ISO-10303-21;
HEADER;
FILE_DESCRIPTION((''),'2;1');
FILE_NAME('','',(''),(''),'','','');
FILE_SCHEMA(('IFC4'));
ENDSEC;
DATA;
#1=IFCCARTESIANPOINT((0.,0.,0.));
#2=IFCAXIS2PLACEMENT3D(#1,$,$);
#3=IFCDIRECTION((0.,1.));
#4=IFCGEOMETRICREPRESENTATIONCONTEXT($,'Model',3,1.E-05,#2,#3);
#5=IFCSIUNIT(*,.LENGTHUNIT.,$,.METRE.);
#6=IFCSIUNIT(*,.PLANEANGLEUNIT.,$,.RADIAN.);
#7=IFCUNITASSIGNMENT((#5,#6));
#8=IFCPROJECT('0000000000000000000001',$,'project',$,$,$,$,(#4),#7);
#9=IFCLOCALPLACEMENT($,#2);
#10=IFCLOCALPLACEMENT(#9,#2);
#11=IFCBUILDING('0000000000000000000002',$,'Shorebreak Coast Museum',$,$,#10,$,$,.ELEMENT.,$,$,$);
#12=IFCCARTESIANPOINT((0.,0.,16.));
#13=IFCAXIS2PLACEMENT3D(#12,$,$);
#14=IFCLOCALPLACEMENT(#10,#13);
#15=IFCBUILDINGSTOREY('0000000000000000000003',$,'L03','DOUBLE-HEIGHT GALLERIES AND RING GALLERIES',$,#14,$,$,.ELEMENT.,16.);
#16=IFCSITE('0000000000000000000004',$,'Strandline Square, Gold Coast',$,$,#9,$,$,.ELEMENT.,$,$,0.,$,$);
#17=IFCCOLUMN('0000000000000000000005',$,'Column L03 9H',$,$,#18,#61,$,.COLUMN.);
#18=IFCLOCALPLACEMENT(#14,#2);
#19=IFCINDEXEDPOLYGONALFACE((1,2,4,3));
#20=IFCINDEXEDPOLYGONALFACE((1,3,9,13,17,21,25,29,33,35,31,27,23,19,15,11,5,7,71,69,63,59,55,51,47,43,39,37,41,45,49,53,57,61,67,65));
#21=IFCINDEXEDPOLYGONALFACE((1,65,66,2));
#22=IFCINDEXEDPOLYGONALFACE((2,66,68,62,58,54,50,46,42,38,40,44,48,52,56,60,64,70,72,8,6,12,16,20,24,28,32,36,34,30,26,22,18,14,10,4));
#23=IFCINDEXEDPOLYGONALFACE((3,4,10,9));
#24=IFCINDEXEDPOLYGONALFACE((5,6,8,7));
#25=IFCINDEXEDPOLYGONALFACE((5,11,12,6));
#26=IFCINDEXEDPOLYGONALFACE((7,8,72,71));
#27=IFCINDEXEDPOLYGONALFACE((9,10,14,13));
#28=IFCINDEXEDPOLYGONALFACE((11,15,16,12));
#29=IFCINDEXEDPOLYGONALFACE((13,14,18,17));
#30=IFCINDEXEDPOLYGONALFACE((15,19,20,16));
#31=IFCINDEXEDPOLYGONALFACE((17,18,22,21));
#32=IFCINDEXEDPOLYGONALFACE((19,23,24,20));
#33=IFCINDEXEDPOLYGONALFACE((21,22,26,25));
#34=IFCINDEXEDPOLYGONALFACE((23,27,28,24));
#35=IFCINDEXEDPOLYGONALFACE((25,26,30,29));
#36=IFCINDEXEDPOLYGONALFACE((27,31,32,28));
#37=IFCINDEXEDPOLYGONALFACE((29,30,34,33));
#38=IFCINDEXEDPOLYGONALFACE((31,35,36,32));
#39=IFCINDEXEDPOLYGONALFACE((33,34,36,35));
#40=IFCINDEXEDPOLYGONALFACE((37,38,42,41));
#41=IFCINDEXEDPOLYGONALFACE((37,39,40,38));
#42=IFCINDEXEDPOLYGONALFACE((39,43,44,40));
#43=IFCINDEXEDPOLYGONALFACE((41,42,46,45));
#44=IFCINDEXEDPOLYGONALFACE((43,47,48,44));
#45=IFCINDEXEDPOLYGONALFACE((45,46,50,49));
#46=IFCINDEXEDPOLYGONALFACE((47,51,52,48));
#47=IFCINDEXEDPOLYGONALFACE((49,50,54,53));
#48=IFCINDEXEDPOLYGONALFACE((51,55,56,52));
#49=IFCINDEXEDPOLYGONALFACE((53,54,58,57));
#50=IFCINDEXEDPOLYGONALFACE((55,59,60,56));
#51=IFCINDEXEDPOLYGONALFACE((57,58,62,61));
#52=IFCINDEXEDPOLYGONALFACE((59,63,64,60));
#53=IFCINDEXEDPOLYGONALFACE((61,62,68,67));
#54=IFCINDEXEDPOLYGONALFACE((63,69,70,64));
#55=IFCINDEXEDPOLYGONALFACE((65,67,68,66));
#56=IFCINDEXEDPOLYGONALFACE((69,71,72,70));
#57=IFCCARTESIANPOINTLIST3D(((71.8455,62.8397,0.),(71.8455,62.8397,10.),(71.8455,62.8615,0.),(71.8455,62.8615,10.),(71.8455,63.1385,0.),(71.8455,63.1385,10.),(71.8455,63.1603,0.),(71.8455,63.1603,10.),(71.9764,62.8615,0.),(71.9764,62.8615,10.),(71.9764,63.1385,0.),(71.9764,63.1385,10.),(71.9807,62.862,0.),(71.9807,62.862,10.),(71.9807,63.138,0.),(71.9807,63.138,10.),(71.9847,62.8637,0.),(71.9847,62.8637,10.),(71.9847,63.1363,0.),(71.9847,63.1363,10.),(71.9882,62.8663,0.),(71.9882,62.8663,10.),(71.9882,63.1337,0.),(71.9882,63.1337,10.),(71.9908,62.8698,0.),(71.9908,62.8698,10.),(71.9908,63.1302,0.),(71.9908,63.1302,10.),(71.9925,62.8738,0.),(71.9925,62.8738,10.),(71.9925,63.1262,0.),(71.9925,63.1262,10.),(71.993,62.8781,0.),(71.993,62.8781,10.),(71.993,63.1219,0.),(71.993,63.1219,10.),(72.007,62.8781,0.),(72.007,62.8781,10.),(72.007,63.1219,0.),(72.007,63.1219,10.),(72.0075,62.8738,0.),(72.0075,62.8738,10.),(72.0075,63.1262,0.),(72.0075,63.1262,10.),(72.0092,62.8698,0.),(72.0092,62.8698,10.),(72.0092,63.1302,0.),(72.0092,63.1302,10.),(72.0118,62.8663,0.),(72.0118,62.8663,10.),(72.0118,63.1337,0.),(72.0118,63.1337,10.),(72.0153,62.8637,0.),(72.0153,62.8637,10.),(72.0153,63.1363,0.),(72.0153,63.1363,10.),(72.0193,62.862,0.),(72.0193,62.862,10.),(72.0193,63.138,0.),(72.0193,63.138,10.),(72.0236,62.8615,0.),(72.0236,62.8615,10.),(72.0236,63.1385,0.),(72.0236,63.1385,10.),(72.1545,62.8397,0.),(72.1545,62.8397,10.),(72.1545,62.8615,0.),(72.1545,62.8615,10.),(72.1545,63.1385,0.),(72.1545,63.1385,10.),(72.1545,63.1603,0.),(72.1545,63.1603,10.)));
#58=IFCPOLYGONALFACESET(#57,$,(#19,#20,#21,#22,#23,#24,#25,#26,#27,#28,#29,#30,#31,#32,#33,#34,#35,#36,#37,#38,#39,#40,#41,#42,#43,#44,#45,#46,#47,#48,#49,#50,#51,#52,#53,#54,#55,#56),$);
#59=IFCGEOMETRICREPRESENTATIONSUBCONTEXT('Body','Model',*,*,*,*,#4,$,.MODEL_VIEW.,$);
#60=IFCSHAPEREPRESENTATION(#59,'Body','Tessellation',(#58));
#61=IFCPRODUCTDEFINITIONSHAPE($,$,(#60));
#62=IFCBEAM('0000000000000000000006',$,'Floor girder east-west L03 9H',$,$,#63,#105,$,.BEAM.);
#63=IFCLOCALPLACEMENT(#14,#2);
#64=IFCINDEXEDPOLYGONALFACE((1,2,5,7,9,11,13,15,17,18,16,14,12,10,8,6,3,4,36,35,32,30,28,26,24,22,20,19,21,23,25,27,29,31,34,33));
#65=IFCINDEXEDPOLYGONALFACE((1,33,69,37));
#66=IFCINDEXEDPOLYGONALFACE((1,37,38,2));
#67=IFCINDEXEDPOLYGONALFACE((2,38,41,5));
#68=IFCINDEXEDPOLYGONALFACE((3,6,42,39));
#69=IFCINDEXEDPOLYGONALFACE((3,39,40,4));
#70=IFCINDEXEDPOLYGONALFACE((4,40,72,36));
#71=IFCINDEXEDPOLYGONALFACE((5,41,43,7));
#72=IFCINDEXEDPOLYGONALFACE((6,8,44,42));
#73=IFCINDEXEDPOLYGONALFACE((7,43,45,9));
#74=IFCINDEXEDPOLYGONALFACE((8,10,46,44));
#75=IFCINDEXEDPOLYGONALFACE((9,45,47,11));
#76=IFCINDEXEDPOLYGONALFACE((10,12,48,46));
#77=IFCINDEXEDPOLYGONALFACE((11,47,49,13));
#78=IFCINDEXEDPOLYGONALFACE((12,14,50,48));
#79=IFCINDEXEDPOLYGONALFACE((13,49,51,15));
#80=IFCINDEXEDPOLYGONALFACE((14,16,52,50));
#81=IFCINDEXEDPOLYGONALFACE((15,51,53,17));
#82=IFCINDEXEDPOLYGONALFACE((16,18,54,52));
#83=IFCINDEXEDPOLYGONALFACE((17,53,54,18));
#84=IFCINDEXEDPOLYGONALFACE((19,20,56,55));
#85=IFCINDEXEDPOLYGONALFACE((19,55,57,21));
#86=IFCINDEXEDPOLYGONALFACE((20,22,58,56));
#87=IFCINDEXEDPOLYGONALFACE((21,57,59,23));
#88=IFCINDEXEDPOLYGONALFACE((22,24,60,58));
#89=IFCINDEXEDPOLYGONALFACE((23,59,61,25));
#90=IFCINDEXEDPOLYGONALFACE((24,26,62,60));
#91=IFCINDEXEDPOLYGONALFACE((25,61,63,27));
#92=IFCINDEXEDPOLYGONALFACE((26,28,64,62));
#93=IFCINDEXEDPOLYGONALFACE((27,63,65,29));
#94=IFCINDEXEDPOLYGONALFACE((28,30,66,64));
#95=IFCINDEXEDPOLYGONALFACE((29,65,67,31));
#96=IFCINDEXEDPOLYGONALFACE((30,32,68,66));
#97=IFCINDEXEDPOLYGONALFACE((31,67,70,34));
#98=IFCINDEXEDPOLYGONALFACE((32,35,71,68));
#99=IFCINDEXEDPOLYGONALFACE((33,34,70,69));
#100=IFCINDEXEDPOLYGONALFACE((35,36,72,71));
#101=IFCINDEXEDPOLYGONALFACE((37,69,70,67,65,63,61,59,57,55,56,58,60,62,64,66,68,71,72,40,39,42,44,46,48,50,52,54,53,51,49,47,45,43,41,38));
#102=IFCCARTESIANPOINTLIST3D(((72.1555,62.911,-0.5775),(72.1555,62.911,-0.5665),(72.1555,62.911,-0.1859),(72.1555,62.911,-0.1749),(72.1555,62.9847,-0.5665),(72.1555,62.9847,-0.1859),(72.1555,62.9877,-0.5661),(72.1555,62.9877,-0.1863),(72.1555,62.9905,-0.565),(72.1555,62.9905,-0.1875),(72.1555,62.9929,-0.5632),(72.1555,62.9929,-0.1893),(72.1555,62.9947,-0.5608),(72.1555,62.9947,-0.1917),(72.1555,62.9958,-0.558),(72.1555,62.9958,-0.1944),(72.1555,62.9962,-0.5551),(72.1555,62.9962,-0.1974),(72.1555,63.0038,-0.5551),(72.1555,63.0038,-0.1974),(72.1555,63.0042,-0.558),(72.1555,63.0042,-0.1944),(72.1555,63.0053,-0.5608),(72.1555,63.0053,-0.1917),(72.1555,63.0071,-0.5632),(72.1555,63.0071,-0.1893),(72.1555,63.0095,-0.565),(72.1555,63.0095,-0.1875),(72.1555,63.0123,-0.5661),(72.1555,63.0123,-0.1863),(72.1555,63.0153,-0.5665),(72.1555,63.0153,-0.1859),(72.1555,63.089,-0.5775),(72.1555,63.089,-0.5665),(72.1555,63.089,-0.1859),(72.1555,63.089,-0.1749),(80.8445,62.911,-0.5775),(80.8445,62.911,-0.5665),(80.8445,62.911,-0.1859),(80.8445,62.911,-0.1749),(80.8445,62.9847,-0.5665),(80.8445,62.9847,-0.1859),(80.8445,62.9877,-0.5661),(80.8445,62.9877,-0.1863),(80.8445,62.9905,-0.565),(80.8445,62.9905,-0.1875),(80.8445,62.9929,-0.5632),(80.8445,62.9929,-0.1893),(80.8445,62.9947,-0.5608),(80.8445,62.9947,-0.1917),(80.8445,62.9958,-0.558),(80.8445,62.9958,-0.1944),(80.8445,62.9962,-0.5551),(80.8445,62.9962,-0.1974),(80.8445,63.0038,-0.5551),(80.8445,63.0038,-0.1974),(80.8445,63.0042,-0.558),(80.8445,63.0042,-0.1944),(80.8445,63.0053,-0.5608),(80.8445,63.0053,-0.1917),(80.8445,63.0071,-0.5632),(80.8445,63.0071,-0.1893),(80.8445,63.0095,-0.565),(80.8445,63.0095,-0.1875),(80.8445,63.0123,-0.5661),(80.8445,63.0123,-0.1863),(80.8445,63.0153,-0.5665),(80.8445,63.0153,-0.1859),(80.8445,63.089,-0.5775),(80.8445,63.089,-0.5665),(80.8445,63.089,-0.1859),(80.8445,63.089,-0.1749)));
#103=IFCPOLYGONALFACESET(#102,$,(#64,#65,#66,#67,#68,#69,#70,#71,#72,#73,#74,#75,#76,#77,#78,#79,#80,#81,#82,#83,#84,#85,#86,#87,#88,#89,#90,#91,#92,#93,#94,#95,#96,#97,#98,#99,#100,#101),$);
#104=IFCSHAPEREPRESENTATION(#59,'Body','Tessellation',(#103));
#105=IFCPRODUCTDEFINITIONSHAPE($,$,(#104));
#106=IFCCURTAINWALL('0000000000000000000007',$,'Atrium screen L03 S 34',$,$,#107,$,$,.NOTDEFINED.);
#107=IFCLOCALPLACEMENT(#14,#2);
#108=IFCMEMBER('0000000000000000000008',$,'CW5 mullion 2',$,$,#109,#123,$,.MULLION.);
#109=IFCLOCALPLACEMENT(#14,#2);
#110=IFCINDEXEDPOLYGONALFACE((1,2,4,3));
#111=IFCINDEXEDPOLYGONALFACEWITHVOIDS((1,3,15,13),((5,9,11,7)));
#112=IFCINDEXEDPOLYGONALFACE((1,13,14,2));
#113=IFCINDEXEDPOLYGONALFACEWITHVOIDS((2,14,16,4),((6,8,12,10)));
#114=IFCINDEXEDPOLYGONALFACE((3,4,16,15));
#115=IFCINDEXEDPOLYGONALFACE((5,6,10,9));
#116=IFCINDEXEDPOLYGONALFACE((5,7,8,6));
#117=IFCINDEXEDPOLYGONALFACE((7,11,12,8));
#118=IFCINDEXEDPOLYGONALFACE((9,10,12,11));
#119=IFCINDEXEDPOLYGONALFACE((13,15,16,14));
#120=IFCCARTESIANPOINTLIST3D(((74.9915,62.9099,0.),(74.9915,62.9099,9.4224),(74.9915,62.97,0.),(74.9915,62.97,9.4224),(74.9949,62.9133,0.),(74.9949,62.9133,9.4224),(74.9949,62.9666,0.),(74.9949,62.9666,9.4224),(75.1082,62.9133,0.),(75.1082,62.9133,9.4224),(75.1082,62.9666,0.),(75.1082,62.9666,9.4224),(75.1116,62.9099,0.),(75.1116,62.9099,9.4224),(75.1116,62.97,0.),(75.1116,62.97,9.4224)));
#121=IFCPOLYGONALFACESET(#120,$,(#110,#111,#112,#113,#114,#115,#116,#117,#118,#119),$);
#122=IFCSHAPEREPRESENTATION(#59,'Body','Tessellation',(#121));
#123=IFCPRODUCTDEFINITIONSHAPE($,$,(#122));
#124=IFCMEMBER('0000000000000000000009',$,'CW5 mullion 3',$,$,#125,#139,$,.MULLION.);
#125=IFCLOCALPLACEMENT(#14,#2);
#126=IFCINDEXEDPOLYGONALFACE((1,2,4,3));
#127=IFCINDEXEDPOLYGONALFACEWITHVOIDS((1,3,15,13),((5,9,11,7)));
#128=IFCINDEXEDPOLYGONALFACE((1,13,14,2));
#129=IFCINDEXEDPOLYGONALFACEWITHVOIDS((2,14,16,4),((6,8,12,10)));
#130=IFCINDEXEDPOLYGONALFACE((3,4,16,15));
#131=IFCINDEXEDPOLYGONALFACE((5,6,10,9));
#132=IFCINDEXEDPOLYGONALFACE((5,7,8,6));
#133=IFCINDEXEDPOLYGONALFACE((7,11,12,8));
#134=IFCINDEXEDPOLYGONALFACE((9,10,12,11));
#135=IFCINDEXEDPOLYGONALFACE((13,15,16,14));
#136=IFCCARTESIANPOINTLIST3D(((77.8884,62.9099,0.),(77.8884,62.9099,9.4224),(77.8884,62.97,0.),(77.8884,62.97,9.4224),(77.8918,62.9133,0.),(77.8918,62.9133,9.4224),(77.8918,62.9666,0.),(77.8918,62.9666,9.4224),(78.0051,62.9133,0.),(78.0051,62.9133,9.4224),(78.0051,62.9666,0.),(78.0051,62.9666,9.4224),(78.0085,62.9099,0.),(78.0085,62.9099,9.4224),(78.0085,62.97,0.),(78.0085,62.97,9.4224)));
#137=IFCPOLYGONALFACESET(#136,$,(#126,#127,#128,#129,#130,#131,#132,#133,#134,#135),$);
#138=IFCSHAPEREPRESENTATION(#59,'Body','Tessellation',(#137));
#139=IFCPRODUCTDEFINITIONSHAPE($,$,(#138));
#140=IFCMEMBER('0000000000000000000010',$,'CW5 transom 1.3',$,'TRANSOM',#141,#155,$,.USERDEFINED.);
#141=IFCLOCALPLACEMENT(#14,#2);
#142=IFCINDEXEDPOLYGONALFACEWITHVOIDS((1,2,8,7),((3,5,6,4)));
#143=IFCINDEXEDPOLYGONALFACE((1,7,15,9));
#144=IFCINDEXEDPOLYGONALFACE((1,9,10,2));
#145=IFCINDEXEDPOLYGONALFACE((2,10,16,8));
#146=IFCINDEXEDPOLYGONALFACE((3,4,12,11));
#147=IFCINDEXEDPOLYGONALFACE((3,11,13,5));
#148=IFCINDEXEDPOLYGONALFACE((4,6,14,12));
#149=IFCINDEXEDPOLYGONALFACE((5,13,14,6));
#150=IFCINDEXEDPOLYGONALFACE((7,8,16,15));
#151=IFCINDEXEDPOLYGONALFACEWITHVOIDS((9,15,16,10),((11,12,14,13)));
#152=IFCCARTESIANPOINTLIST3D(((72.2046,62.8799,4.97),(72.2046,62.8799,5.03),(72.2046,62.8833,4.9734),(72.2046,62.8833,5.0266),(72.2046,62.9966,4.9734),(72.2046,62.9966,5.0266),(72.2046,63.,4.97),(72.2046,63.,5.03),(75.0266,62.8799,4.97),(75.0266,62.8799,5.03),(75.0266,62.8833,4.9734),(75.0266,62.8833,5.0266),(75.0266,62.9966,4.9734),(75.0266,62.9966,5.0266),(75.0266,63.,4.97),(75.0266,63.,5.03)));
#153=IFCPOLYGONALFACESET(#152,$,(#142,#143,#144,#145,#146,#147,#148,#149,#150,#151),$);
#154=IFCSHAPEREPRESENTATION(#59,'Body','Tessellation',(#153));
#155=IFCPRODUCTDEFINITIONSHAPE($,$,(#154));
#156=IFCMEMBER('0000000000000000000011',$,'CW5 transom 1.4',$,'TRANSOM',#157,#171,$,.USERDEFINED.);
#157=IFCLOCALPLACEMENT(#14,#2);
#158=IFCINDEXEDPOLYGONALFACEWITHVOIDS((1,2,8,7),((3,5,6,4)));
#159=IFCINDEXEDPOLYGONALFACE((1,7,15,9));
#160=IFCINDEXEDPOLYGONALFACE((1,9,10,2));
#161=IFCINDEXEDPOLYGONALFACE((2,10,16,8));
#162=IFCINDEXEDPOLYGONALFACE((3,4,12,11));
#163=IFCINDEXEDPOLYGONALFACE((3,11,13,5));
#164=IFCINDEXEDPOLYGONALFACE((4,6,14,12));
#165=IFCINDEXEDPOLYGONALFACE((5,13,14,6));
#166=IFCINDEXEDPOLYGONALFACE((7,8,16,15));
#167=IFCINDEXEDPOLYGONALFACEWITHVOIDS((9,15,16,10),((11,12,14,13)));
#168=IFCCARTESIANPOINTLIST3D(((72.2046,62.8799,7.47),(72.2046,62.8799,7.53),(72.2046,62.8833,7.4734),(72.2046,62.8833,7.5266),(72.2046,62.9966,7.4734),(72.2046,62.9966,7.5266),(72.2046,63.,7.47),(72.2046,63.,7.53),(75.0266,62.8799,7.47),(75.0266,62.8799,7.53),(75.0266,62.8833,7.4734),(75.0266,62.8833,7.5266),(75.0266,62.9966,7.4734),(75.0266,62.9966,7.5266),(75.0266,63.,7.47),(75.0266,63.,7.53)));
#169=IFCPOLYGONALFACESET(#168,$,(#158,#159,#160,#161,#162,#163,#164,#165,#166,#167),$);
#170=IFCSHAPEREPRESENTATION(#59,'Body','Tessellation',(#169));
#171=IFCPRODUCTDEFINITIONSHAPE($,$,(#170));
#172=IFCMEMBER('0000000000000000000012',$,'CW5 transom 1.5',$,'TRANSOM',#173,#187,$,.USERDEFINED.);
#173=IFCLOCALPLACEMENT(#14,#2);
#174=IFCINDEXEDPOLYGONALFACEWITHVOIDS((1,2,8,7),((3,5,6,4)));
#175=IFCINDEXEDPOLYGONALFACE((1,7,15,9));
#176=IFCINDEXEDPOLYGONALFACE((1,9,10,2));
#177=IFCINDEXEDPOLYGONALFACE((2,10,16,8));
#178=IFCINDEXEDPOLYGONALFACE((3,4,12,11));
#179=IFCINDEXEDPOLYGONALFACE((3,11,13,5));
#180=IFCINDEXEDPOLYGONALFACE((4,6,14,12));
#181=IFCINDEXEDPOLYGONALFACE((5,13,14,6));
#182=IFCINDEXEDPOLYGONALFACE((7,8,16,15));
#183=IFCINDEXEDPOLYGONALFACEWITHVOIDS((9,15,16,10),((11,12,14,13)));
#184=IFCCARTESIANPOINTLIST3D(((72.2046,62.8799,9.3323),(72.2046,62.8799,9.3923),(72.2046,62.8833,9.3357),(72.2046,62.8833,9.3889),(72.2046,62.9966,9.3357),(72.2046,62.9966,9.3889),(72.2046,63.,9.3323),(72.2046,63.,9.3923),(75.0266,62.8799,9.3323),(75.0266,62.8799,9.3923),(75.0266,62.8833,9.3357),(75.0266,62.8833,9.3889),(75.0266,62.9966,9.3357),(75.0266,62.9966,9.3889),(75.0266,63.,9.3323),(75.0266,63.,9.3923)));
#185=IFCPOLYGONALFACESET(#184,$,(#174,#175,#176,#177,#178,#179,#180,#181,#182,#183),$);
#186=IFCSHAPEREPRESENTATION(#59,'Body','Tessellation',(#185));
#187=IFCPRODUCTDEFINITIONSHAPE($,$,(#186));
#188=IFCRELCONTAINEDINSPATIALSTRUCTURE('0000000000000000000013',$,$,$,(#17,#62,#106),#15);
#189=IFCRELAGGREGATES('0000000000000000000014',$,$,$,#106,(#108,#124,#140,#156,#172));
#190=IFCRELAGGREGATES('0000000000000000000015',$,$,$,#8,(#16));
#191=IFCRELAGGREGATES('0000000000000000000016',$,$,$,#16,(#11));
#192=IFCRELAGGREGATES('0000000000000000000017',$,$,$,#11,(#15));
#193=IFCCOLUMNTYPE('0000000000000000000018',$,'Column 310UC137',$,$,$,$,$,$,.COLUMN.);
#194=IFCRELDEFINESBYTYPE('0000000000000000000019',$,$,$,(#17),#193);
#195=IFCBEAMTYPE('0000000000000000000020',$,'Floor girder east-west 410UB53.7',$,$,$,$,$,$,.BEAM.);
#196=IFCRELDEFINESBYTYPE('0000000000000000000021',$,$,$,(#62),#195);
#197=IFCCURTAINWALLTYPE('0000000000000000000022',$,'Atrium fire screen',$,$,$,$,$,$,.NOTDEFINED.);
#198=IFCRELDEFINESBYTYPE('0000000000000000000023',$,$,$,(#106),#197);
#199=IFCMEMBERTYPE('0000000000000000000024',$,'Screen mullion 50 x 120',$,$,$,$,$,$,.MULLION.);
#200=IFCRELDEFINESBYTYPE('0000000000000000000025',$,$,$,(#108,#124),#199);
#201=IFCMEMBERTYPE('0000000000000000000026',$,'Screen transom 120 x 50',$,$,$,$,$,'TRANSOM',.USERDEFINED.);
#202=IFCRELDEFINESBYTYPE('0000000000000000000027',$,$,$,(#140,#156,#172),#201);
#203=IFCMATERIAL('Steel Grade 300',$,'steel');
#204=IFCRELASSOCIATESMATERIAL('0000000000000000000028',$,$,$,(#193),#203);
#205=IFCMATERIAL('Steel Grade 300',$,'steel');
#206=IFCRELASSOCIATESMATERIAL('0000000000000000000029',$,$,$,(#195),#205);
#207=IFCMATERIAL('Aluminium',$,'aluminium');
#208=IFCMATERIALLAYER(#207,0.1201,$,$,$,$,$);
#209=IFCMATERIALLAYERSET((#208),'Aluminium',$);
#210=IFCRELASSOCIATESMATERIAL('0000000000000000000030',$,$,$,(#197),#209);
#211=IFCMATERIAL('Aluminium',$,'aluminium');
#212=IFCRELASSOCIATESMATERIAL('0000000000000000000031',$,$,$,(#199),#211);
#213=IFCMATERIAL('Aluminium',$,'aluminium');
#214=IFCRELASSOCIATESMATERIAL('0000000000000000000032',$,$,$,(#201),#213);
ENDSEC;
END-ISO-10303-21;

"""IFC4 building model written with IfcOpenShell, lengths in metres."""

from ifc_helpers import new_model, si_unit, direction, frame, origin, origin_2d, place, context, subcontext, project, spatial, hollow_rectangle, i_section, extrude, material, layer, layer_set, material_profile, profile_set, type_object, element, aggregate, save


model = new_model("IFC4")

# Units and contexts
model_context = context("Model", 3, precision=1e-05, world=origin(), true_north=direction((0.0, 1.0)))
body_context = subcontext(model_context, "Body", "Model", "MODEL_VIEW")
ifc_project = project(units=[si_unit("LENGTHUNIT", "METRE"), si_unit("PLANEANGLEUNIT", "RADIAN")], contexts=[model_context])

# Site, building, storey
site_placement = place(None, origin())
site = spatial("IfcSite", under=ifc_project, at=site_placement, Name="Strandline Square, Gold Coast", CompositionType="ELEMENT", RefElevation=0.0)
building_placement = place(site_placement, origin())
building = spatial("IfcBuilding", under=site, at=building_placement, Name="Shorebreak Coast Museum", CompositionType="ELEMENT")
storey_placement = place(building_placement, frame((0.0, 0.0, 16.0)))
storey = spatial("IfcBuildingStorey", under=building, at=storey_placement, Name="L03", Description="DOUBLE-HEIGHT GALLERIES AND RING GALLERIES", CompositionType="ELEMENT", Elevation=16.0)

# Column
ifc_material_1 = material(Name="Steel Grade 300", Category="steel")
ifc_material_profile_1 = material_profile(ifc_material_1, i_section(OverallWidth=0.3091, OverallDepth=0.3206, WebThickness=0.0139, FlangeThickness=0.0217, FilletRadius=0.0166, at=origin_2d()), Name="310UC137")
ifc_profile_set_1 = profile_set([ifc_material_profile_1], Name="Steel Grade 300")
column_type = type_object("IfcColumnType", Name="Column 310UC137", PredefinedType="COLUMN", material=ifc_profile_set_1)
column_placement = place(storey_placement, frame((72.0, 63.0, 0.0), z_axis=(0.0, 0.0, 1.0), x_axis=(1.0, 0.0, 0.0)))
element("IfcColumn", 1, at=column_placement, inside=storey, type_object=column_type, Name="Column L03 9H", PredefinedType="COLUMN", context=body_context, shape_type="SweptSolid", body=[
    extrude(i_section(OverallWidth=0.3091, OverallDepth=0.3206, WebThickness=0.0139, FlangeThickness=0.0217, FilletRadius=0.0166, at=origin_2d()), origin(), (0.0, 0.0, 1.0), 10.0),
])

# Beam
ifc_material_2 = material(Name="Steel Grade 300", Category="steel")
ifc_material_profile_2 = material_profile(ifc_material_2, i_section(OverallWidth=0.178, OverallDepth=0.4026, WebThickness=0.0076, FlangeThickness=0.011, FilletRadius=0.0115, at=origin_2d()), Name="410UB53.7")
ifc_profile_set_2 = profile_set([ifc_material_profile_2], Name="Steel Grade 300")
beam_type = type_object("IfcBeamType", Name="Floor girder east-west 410UB53.7", PredefinedType="BEAM", material=ifc_profile_set_2)
beam_placement = place(storey_placement, frame((72.1555, 63.0, -0.3762), z_axis=(1.0, 0.0, 0.0), x_axis=(0.0, 1.0, 0.0)))
element("IfcBeam", 2, at=beam_placement, inside=storey, type_object=beam_type, Name="Floor girder east-west L03 9H", PredefinedType="BEAM", context=body_context, shape_type="SweptSolid", body=[
    extrude(i_section(OverallWidth=0.178, OverallDepth=0.4026, WebThickness=0.0076, FlangeThickness=0.011, FilletRadius=0.0115, at=origin_2d()), origin(), (0.0, 0.0, 1.0), 8.689),
])

# Curtain wall, members
ifc_material_3 = material(Name="Aluminium", Category="aluminium")
ifc_layer_1 = layer(ifc_material_3, 0.1201)
ifc_layer_set_1 = layer_set([ifc_layer_1], Name="Aluminium")
curtain_wall_type = type_object("IfcCurtainWallType", Name="Atrium fire screen", PredefinedType="NOTDEFINED", material=ifc_layer_set_1)
curtain_wall_placement = place(storey_placement, origin())
curtain_wall = element("IfcCurtainWall", 3, at=curtain_wall_placement, inside=storey, type_object=curtain_wall_type, Name="Atrium screen L03 S 34", PredefinedType="NOTDEFINED")
ifc_material_4 = material(Name="Aluminium", Category="aluminium")
ifc_material_profile_3 = material_profile(ifc_material_4, hollow_rectangle(XDim=0.0601, YDim=0.1201, WallThickness=0.0034, at=origin_2d()), Name="AL 120x60 RHS")
ifc_profile_set_3 = profile_set([ifc_material_profile_3], Name="Aluminium")
member_type_1 = type_object("IfcMemberType", Name="Screen mullion 50 x 120", PredefinedType="MULLION", material=ifc_profile_set_3)
member_1_placement = place(storey_placement, frame((75.0515, 62.9399, 0.0), z_axis=(0.0, 0.0, 1.0), x_axis=(0.0, 1.0, 0.0)))
member_1 = element("IfcMember", 4, at=member_1_placement, type_object=member_type_1, Name="CW5 mullion 2", PredefinedType="MULLION", context=body_context, shape_type="SweptSolid", body=[
    extrude(hollow_rectangle(XDim=0.0601, YDim=0.1201, WallThickness=0.0034, at=origin_2d()), origin(), (0.0, 0.0, 1.0), 9.4224),
])
member_2_placement = place(storey_placement, frame((77.9485, 62.9399, 0.0), z_axis=(0.0, 0.0, 1.0), x_axis=(0.0, 1.0, 0.0)))
member_2 = element("IfcMember", 5, at=member_2_placement, type_object=member_type_1, Name="CW5 mullion 3", PredefinedType="MULLION", context=body_context, shape_type="SweptSolid", body=[
    extrude(hollow_rectangle(XDim=0.0601, YDim=0.1201, WallThickness=0.0034, at=origin_2d()), origin(), (0.0, 0.0, 1.0), 9.4224),
])
ifc_material_5 = material(Name="Aluminium", Category="aluminium")
ifc_material_profile_4 = material_profile(ifc_material_5, hollow_rectangle(XDim=0.1201, YDim=0.0601, WallThickness=0.0034, at=origin_2d()), Name="AL 60x120 RHS")
ifc_profile_set_4 = profile_set([ifc_material_profile_4], Name="Aluminium")
member_type_2 = type_object("IfcMemberType", Name="Screen transom 120 x 50", ElementType="TRANSOM", PredefinedType="USERDEFINED", material=ifc_profile_set_4)
member_3_placement = place(storey_placement, frame((72.2046, 62.9399, 5.0), z_axis=(1.0, 0.0, 0.0), x_axis=(0.0, 1.0, 0.0)))
member_3 = element("IfcMember", 6, at=member_3_placement, type_object=member_type_2, Name="CW5 transom 1.3", ObjectType="TRANSOM", PredefinedType="USERDEFINED", context=body_context, shape_type="SweptSolid", body=[
    extrude(hollow_rectangle(XDim=0.1201, YDim=0.0601, WallThickness=0.0034, at=origin_2d()), origin(), (0.0, 0.0, 1.0), 2.822),
])
member_4_placement = place(storey_placement, frame((72.2046, 62.9399, 7.5), z_axis=(1.0, 0.0, 0.0), x_axis=(0.0, 1.0, 0.0)))
member_4 = element("IfcMember", 7, at=member_4_placement, type_object=member_type_2, Name="CW5 transom 1.4", ObjectType="TRANSOM", PredefinedType="USERDEFINED", context=body_context, shape_type="SweptSolid", body=[
    extrude(hollow_rectangle(XDim=0.1201, YDim=0.0601, WallThickness=0.0034, at=origin_2d()), origin(), (0.0, 0.0, 1.0), 2.822),
])
member_5_placement = place(storey_placement, frame((72.2046, 62.9399, 9.3623), z_axis=(1.0, 0.0, 0.0), x_axis=(0.0, 1.0, 0.0)))
member_5 = element("IfcMember", 8, at=member_5_placement, type_object=member_type_2, Name="CW5 transom 1.5", ObjectType="TRANSOM", PredefinedType="USERDEFINED", context=body_context, shape_type="SweptSolid", body=[
    extrude(hollow_rectangle(XDim=0.1201, YDim=0.0601, WallThickness=0.0034, at=origin_2d()), origin(), (0.0, 0.0, 1.0), 2.822),
])
aggregate(curtain_wall, [member_1, member_2, member_3, member_4, member_5])

save(model, "model.ifc")
